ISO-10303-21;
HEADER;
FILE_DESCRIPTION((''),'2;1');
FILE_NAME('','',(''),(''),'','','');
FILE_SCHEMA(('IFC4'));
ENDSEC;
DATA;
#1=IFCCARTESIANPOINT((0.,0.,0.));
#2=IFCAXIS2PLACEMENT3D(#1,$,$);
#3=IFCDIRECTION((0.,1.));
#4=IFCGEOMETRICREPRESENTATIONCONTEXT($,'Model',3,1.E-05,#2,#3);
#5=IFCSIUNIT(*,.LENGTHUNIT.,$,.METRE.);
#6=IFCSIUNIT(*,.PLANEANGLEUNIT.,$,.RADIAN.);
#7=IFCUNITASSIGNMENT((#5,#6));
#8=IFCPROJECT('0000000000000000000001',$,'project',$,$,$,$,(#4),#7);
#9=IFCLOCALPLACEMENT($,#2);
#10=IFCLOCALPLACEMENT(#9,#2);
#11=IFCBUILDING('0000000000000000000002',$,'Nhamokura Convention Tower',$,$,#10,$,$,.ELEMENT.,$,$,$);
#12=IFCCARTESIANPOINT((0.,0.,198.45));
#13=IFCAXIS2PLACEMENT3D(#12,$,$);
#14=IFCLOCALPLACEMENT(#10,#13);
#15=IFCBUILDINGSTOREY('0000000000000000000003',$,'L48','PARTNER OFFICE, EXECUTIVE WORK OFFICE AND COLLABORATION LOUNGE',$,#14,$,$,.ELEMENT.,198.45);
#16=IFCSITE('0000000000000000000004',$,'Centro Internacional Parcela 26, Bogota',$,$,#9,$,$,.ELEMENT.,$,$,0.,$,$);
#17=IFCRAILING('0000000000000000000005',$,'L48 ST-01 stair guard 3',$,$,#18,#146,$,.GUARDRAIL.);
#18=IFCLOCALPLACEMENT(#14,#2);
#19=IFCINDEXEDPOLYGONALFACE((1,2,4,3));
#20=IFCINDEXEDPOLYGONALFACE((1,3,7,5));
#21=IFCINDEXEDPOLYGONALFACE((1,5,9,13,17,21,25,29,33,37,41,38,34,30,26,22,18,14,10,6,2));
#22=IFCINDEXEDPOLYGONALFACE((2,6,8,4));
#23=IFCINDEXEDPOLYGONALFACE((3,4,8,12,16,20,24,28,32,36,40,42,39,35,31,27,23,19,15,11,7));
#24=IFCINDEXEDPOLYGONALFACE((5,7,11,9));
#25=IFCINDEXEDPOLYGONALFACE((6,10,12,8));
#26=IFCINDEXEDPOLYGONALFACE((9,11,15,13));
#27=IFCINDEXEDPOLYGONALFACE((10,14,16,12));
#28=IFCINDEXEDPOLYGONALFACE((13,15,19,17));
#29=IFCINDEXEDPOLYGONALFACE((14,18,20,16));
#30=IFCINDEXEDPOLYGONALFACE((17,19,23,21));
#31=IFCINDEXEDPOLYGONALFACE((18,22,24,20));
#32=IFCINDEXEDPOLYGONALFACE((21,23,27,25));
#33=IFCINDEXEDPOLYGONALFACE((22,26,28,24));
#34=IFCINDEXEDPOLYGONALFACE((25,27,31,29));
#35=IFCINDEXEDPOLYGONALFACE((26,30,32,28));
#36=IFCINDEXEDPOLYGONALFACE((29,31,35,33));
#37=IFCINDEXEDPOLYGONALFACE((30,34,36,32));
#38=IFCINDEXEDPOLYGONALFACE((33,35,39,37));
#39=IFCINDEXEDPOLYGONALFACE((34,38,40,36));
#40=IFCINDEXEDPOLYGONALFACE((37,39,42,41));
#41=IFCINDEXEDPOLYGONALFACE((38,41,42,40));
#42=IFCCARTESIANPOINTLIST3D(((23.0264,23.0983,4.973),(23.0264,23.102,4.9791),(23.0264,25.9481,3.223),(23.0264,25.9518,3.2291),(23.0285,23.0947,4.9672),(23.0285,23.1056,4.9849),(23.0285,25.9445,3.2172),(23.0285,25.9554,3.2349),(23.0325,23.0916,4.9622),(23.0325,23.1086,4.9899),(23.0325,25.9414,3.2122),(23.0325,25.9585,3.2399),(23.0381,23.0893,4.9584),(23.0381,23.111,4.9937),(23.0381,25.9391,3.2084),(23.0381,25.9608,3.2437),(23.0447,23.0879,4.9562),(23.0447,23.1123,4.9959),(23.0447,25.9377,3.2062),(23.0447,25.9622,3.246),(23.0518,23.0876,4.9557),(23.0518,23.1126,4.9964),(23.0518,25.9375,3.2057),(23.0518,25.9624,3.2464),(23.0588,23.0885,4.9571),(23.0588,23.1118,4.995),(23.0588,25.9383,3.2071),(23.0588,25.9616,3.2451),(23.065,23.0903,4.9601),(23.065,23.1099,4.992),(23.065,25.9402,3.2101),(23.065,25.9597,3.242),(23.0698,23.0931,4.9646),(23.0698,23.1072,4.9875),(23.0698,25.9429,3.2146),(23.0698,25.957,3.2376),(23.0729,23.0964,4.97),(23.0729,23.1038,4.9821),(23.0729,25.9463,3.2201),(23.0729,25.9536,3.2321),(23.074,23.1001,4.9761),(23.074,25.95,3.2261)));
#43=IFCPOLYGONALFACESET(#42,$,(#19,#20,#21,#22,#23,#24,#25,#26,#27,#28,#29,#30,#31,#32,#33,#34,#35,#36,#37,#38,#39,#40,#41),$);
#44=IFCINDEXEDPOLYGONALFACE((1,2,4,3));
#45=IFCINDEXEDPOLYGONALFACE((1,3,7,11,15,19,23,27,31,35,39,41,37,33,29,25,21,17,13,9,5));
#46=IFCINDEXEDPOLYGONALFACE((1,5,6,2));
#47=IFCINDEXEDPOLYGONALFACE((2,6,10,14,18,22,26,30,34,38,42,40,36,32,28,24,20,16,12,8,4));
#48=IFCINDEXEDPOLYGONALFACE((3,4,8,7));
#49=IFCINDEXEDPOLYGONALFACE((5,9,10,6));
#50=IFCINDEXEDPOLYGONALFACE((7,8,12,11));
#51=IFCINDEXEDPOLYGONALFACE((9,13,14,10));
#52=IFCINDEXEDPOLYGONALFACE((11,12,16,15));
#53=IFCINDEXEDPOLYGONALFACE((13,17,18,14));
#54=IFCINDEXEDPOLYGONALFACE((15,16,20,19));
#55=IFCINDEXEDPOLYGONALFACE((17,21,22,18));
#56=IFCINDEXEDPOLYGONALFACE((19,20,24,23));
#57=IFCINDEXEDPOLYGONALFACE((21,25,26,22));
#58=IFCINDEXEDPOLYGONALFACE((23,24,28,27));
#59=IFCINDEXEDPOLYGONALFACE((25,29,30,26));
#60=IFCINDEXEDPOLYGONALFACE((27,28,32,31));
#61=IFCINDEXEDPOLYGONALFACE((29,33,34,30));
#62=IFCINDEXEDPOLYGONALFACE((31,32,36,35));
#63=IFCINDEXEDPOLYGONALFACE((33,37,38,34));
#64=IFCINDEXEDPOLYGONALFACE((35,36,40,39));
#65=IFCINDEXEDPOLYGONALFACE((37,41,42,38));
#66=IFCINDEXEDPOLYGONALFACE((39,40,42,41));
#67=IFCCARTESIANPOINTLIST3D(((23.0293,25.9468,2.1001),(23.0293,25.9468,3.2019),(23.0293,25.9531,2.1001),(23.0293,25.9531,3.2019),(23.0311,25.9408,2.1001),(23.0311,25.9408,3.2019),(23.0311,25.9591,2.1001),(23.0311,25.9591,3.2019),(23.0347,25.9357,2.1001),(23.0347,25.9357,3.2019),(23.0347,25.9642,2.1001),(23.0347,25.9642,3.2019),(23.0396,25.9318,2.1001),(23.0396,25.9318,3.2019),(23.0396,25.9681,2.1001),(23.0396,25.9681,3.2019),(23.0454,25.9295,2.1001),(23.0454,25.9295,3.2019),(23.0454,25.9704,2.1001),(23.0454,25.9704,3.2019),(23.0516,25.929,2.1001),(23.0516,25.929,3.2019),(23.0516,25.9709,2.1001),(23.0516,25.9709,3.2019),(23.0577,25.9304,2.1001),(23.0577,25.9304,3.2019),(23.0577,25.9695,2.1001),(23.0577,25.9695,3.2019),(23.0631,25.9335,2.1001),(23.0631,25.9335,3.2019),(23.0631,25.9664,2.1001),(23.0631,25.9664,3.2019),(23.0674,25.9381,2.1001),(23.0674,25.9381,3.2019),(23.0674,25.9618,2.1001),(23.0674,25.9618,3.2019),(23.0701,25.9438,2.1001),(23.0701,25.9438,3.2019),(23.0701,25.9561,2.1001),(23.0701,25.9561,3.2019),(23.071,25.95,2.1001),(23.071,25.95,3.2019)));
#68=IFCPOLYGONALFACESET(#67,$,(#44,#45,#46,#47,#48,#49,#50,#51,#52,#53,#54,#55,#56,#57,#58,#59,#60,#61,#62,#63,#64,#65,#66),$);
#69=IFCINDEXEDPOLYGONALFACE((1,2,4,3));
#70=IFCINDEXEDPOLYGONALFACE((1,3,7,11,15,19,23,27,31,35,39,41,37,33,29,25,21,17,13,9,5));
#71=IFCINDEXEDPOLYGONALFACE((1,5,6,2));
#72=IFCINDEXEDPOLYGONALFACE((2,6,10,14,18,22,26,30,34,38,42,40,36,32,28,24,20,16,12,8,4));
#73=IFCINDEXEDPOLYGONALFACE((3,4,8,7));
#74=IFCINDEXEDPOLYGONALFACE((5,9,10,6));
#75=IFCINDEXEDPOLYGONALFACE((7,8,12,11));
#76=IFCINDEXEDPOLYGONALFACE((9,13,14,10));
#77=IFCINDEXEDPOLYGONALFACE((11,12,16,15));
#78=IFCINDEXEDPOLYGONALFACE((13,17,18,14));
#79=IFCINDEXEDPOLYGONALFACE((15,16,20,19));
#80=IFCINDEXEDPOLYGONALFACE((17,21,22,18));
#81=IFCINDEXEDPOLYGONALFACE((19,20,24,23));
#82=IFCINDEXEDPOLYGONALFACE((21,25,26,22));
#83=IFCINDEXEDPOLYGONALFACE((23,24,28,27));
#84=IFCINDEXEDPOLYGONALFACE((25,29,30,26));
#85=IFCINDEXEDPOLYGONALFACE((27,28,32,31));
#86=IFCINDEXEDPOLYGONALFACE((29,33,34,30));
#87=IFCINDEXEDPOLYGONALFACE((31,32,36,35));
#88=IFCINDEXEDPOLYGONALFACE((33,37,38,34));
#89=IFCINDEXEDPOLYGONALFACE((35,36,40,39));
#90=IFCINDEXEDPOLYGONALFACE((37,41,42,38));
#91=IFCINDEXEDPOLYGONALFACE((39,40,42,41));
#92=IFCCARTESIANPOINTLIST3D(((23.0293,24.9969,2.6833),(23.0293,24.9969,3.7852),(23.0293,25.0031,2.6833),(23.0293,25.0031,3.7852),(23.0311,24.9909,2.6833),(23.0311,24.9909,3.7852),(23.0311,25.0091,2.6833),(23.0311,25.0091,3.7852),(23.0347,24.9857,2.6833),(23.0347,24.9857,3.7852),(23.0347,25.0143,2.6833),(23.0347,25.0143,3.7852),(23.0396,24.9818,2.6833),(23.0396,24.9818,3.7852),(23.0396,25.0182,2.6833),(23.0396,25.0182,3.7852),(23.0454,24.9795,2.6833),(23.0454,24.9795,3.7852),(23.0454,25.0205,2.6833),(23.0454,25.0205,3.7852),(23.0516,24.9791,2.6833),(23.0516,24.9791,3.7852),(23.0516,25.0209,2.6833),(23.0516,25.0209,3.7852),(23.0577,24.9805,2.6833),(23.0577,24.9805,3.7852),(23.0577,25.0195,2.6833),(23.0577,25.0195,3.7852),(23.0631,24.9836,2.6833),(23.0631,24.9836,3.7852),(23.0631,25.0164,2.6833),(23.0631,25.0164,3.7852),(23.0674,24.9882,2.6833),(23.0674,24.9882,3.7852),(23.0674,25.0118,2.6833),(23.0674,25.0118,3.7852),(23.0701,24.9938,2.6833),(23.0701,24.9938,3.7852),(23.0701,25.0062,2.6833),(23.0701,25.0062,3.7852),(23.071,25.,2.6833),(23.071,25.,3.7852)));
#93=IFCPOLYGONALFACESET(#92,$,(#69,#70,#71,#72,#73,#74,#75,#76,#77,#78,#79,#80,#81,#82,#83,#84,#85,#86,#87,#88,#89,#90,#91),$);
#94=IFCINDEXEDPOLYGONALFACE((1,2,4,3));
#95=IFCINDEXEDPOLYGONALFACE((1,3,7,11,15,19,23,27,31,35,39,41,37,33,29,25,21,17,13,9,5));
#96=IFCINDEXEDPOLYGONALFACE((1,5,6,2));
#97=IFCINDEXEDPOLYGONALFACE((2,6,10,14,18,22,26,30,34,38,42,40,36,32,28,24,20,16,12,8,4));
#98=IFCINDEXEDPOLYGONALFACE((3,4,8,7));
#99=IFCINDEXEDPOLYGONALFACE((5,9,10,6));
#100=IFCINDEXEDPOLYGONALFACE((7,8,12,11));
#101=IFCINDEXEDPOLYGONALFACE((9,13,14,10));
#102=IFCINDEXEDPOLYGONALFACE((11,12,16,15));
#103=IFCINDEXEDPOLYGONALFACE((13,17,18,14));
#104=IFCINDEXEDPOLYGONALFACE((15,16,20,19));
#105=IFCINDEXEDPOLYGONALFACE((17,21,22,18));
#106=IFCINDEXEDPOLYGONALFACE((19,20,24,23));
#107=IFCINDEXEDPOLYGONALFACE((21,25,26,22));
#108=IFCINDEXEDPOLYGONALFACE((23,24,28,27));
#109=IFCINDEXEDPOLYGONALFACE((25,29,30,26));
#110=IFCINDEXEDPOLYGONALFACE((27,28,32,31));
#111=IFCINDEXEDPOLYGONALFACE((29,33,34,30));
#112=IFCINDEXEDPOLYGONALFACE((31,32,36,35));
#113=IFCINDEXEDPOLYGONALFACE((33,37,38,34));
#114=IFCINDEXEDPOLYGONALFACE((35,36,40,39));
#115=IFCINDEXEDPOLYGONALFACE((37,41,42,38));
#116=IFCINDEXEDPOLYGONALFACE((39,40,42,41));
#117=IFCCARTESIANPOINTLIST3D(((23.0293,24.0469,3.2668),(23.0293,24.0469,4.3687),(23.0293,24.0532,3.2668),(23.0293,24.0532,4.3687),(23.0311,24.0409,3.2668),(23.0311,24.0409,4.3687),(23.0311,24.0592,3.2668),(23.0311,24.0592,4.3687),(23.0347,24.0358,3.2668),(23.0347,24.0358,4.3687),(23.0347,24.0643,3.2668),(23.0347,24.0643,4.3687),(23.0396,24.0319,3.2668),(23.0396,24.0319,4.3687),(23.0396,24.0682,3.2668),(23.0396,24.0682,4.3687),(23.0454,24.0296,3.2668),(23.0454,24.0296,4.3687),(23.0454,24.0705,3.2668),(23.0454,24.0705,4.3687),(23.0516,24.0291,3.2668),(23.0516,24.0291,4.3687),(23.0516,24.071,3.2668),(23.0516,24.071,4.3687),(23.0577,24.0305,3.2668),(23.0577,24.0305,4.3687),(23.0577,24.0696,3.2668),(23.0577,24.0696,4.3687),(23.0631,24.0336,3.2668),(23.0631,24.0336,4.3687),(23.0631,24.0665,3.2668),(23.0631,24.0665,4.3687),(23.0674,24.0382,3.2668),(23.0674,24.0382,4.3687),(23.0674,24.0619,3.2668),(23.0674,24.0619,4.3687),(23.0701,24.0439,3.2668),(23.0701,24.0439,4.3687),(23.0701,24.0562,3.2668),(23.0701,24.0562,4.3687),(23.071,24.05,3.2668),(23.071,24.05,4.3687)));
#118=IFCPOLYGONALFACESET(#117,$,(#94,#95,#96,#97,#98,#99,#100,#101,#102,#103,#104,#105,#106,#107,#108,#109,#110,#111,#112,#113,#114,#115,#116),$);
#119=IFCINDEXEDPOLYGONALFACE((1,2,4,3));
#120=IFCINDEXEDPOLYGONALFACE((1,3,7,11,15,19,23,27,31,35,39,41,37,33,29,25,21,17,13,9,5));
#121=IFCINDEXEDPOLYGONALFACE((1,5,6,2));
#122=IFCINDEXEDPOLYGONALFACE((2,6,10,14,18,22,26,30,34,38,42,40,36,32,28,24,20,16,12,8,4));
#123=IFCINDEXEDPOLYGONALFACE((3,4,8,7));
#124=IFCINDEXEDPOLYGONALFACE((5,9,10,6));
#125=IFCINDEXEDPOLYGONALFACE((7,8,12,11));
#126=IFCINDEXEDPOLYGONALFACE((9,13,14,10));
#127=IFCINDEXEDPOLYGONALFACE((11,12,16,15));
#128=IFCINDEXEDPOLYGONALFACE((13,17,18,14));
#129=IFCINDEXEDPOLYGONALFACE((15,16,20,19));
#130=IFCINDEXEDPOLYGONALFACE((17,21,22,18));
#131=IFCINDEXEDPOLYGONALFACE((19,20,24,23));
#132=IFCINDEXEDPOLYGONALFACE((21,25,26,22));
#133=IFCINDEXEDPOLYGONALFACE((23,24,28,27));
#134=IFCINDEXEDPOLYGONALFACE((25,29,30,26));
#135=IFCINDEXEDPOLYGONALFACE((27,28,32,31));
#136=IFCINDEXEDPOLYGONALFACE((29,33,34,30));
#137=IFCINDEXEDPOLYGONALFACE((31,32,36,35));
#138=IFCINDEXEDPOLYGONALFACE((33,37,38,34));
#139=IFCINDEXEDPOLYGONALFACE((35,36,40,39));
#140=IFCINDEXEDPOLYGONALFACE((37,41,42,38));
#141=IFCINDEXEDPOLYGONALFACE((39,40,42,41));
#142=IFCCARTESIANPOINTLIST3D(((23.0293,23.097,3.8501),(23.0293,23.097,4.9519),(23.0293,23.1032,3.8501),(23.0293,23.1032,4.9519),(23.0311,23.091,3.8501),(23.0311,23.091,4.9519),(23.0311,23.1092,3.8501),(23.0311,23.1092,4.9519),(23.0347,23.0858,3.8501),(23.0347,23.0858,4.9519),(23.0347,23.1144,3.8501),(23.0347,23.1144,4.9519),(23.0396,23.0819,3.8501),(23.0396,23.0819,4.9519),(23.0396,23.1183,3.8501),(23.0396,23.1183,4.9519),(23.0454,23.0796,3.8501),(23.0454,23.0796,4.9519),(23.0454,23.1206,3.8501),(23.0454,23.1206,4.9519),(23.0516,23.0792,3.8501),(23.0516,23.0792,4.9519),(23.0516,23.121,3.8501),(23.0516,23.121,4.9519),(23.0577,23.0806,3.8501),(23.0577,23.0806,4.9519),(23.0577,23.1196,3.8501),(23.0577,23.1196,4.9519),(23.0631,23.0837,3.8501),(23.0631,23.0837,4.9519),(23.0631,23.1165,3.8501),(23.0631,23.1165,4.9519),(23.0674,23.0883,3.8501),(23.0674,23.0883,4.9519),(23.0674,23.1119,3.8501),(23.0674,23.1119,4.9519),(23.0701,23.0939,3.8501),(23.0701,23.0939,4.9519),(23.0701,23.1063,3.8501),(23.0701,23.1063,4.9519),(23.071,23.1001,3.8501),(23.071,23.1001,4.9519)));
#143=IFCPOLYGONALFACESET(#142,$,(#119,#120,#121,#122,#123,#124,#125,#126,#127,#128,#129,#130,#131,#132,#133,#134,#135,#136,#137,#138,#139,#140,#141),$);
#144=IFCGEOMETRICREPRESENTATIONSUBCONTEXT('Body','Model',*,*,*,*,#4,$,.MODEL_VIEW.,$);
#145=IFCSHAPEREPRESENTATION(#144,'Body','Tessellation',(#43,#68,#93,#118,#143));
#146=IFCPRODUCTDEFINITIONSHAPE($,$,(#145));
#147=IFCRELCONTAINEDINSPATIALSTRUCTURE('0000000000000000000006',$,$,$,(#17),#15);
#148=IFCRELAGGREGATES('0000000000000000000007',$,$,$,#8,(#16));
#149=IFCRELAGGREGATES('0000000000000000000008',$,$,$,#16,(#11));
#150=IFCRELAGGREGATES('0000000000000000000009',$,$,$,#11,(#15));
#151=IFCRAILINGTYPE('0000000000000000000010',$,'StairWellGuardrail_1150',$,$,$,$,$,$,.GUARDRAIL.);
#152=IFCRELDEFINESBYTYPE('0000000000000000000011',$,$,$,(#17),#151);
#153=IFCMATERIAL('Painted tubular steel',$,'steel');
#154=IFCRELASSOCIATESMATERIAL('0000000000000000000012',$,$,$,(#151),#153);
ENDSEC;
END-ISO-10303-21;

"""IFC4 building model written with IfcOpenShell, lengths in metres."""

from ifc_helpers import new_model, si_unit, direction, frame, origin, origin_2d, place, context, subcontext, project, spatial, circle, extrude, material, type_object, element, save


model = new_model("IFC4")

# Units and contexts
model_context = context("Model", 3, precision=1e-05, world=origin(), true_north=direction((0.0, 1.0)))
body_context = subcontext(model_context, "Body", "Model", "MODEL_VIEW")
ifc_project = project(units=[si_unit("LENGTHUNIT", "METRE"), si_unit("PLANEANGLEUNIT", "RADIAN")], contexts=[model_context])

# Site, building, storey
site_placement = place(None, origin())
site = spatial("IfcSite", under=ifc_project, at=site_placement, Name="Centro Internacional Parcela 26, Bogota", CompositionType="ELEMENT", RefElevation=0.0)
building_placement = place(site_placement, origin())
building = spatial("IfcBuilding", under=site, at=building_placement, Name="Nhamokura Convention Tower", CompositionType="ELEMENT")
storey_placement = place(building_placement, frame((0.0, 0.0, 198.45)))
storey = spatial("IfcBuildingStorey", under=building, at=storey_placement, Name="L48", Description="PARTNER OFFICE, EXECUTIVE WORK OFFICE AND COLLABORATION LOUNGE", CompositionType="ELEMENT", Elevation=198.45)

# Railing
ifc_material_1 = material(Name="Painted tubular steel", Category="steel")
railing_type = type_object("IfcRailingType", Name="StairWellGuardrail_1150", PredefinedType="GUARDRAIL", material=ifc_material_1)
railing_1_placement = place(storey_placement, frame((23.05, 25.95, 2.1001)))
element("IfcRailing", 1, at=railing_1_placement, inside=storey, type_object=railing_type, Name="L48 ST-01 stair guard 3", PredefinedType="GUARDRAIL", context=body_context, shape_type="SweptSolid", body=[
    extrude(circle(Radius=0.0239, at=origin_2d()), frame((0.0, 0.0, 1.126), z_axis=(0.0, -0.852159, 0.523283), x_axis=(1.0, 0.0, 0.0)), (0.0, 0.0, 1.0), 3.3442),
    extrude(circle(Radius=0.021, at=origin_2d()), origin(), (0.0, 0.0, 1.0), 1.1018),
    extrude(circle(Radius=0.021, at=origin_2d()), frame((0.0, -0.95, 0.5833)), (0.0, 0.0, 1.0), 1.1018),
    extrude(circle(Radius=0.021, at=origin_2d()), frame((0.0, -1.8999, 1.1667)), (0.0, 0.0, 1.0), 1.1018),
    extrude(circle(Radius=0.021, at=origin_2d()), frame((0.0, -2.8499, 1.75)), (0.0, 0.0, 1.0), 1.1018),
])

save(model, "model.ifc")
